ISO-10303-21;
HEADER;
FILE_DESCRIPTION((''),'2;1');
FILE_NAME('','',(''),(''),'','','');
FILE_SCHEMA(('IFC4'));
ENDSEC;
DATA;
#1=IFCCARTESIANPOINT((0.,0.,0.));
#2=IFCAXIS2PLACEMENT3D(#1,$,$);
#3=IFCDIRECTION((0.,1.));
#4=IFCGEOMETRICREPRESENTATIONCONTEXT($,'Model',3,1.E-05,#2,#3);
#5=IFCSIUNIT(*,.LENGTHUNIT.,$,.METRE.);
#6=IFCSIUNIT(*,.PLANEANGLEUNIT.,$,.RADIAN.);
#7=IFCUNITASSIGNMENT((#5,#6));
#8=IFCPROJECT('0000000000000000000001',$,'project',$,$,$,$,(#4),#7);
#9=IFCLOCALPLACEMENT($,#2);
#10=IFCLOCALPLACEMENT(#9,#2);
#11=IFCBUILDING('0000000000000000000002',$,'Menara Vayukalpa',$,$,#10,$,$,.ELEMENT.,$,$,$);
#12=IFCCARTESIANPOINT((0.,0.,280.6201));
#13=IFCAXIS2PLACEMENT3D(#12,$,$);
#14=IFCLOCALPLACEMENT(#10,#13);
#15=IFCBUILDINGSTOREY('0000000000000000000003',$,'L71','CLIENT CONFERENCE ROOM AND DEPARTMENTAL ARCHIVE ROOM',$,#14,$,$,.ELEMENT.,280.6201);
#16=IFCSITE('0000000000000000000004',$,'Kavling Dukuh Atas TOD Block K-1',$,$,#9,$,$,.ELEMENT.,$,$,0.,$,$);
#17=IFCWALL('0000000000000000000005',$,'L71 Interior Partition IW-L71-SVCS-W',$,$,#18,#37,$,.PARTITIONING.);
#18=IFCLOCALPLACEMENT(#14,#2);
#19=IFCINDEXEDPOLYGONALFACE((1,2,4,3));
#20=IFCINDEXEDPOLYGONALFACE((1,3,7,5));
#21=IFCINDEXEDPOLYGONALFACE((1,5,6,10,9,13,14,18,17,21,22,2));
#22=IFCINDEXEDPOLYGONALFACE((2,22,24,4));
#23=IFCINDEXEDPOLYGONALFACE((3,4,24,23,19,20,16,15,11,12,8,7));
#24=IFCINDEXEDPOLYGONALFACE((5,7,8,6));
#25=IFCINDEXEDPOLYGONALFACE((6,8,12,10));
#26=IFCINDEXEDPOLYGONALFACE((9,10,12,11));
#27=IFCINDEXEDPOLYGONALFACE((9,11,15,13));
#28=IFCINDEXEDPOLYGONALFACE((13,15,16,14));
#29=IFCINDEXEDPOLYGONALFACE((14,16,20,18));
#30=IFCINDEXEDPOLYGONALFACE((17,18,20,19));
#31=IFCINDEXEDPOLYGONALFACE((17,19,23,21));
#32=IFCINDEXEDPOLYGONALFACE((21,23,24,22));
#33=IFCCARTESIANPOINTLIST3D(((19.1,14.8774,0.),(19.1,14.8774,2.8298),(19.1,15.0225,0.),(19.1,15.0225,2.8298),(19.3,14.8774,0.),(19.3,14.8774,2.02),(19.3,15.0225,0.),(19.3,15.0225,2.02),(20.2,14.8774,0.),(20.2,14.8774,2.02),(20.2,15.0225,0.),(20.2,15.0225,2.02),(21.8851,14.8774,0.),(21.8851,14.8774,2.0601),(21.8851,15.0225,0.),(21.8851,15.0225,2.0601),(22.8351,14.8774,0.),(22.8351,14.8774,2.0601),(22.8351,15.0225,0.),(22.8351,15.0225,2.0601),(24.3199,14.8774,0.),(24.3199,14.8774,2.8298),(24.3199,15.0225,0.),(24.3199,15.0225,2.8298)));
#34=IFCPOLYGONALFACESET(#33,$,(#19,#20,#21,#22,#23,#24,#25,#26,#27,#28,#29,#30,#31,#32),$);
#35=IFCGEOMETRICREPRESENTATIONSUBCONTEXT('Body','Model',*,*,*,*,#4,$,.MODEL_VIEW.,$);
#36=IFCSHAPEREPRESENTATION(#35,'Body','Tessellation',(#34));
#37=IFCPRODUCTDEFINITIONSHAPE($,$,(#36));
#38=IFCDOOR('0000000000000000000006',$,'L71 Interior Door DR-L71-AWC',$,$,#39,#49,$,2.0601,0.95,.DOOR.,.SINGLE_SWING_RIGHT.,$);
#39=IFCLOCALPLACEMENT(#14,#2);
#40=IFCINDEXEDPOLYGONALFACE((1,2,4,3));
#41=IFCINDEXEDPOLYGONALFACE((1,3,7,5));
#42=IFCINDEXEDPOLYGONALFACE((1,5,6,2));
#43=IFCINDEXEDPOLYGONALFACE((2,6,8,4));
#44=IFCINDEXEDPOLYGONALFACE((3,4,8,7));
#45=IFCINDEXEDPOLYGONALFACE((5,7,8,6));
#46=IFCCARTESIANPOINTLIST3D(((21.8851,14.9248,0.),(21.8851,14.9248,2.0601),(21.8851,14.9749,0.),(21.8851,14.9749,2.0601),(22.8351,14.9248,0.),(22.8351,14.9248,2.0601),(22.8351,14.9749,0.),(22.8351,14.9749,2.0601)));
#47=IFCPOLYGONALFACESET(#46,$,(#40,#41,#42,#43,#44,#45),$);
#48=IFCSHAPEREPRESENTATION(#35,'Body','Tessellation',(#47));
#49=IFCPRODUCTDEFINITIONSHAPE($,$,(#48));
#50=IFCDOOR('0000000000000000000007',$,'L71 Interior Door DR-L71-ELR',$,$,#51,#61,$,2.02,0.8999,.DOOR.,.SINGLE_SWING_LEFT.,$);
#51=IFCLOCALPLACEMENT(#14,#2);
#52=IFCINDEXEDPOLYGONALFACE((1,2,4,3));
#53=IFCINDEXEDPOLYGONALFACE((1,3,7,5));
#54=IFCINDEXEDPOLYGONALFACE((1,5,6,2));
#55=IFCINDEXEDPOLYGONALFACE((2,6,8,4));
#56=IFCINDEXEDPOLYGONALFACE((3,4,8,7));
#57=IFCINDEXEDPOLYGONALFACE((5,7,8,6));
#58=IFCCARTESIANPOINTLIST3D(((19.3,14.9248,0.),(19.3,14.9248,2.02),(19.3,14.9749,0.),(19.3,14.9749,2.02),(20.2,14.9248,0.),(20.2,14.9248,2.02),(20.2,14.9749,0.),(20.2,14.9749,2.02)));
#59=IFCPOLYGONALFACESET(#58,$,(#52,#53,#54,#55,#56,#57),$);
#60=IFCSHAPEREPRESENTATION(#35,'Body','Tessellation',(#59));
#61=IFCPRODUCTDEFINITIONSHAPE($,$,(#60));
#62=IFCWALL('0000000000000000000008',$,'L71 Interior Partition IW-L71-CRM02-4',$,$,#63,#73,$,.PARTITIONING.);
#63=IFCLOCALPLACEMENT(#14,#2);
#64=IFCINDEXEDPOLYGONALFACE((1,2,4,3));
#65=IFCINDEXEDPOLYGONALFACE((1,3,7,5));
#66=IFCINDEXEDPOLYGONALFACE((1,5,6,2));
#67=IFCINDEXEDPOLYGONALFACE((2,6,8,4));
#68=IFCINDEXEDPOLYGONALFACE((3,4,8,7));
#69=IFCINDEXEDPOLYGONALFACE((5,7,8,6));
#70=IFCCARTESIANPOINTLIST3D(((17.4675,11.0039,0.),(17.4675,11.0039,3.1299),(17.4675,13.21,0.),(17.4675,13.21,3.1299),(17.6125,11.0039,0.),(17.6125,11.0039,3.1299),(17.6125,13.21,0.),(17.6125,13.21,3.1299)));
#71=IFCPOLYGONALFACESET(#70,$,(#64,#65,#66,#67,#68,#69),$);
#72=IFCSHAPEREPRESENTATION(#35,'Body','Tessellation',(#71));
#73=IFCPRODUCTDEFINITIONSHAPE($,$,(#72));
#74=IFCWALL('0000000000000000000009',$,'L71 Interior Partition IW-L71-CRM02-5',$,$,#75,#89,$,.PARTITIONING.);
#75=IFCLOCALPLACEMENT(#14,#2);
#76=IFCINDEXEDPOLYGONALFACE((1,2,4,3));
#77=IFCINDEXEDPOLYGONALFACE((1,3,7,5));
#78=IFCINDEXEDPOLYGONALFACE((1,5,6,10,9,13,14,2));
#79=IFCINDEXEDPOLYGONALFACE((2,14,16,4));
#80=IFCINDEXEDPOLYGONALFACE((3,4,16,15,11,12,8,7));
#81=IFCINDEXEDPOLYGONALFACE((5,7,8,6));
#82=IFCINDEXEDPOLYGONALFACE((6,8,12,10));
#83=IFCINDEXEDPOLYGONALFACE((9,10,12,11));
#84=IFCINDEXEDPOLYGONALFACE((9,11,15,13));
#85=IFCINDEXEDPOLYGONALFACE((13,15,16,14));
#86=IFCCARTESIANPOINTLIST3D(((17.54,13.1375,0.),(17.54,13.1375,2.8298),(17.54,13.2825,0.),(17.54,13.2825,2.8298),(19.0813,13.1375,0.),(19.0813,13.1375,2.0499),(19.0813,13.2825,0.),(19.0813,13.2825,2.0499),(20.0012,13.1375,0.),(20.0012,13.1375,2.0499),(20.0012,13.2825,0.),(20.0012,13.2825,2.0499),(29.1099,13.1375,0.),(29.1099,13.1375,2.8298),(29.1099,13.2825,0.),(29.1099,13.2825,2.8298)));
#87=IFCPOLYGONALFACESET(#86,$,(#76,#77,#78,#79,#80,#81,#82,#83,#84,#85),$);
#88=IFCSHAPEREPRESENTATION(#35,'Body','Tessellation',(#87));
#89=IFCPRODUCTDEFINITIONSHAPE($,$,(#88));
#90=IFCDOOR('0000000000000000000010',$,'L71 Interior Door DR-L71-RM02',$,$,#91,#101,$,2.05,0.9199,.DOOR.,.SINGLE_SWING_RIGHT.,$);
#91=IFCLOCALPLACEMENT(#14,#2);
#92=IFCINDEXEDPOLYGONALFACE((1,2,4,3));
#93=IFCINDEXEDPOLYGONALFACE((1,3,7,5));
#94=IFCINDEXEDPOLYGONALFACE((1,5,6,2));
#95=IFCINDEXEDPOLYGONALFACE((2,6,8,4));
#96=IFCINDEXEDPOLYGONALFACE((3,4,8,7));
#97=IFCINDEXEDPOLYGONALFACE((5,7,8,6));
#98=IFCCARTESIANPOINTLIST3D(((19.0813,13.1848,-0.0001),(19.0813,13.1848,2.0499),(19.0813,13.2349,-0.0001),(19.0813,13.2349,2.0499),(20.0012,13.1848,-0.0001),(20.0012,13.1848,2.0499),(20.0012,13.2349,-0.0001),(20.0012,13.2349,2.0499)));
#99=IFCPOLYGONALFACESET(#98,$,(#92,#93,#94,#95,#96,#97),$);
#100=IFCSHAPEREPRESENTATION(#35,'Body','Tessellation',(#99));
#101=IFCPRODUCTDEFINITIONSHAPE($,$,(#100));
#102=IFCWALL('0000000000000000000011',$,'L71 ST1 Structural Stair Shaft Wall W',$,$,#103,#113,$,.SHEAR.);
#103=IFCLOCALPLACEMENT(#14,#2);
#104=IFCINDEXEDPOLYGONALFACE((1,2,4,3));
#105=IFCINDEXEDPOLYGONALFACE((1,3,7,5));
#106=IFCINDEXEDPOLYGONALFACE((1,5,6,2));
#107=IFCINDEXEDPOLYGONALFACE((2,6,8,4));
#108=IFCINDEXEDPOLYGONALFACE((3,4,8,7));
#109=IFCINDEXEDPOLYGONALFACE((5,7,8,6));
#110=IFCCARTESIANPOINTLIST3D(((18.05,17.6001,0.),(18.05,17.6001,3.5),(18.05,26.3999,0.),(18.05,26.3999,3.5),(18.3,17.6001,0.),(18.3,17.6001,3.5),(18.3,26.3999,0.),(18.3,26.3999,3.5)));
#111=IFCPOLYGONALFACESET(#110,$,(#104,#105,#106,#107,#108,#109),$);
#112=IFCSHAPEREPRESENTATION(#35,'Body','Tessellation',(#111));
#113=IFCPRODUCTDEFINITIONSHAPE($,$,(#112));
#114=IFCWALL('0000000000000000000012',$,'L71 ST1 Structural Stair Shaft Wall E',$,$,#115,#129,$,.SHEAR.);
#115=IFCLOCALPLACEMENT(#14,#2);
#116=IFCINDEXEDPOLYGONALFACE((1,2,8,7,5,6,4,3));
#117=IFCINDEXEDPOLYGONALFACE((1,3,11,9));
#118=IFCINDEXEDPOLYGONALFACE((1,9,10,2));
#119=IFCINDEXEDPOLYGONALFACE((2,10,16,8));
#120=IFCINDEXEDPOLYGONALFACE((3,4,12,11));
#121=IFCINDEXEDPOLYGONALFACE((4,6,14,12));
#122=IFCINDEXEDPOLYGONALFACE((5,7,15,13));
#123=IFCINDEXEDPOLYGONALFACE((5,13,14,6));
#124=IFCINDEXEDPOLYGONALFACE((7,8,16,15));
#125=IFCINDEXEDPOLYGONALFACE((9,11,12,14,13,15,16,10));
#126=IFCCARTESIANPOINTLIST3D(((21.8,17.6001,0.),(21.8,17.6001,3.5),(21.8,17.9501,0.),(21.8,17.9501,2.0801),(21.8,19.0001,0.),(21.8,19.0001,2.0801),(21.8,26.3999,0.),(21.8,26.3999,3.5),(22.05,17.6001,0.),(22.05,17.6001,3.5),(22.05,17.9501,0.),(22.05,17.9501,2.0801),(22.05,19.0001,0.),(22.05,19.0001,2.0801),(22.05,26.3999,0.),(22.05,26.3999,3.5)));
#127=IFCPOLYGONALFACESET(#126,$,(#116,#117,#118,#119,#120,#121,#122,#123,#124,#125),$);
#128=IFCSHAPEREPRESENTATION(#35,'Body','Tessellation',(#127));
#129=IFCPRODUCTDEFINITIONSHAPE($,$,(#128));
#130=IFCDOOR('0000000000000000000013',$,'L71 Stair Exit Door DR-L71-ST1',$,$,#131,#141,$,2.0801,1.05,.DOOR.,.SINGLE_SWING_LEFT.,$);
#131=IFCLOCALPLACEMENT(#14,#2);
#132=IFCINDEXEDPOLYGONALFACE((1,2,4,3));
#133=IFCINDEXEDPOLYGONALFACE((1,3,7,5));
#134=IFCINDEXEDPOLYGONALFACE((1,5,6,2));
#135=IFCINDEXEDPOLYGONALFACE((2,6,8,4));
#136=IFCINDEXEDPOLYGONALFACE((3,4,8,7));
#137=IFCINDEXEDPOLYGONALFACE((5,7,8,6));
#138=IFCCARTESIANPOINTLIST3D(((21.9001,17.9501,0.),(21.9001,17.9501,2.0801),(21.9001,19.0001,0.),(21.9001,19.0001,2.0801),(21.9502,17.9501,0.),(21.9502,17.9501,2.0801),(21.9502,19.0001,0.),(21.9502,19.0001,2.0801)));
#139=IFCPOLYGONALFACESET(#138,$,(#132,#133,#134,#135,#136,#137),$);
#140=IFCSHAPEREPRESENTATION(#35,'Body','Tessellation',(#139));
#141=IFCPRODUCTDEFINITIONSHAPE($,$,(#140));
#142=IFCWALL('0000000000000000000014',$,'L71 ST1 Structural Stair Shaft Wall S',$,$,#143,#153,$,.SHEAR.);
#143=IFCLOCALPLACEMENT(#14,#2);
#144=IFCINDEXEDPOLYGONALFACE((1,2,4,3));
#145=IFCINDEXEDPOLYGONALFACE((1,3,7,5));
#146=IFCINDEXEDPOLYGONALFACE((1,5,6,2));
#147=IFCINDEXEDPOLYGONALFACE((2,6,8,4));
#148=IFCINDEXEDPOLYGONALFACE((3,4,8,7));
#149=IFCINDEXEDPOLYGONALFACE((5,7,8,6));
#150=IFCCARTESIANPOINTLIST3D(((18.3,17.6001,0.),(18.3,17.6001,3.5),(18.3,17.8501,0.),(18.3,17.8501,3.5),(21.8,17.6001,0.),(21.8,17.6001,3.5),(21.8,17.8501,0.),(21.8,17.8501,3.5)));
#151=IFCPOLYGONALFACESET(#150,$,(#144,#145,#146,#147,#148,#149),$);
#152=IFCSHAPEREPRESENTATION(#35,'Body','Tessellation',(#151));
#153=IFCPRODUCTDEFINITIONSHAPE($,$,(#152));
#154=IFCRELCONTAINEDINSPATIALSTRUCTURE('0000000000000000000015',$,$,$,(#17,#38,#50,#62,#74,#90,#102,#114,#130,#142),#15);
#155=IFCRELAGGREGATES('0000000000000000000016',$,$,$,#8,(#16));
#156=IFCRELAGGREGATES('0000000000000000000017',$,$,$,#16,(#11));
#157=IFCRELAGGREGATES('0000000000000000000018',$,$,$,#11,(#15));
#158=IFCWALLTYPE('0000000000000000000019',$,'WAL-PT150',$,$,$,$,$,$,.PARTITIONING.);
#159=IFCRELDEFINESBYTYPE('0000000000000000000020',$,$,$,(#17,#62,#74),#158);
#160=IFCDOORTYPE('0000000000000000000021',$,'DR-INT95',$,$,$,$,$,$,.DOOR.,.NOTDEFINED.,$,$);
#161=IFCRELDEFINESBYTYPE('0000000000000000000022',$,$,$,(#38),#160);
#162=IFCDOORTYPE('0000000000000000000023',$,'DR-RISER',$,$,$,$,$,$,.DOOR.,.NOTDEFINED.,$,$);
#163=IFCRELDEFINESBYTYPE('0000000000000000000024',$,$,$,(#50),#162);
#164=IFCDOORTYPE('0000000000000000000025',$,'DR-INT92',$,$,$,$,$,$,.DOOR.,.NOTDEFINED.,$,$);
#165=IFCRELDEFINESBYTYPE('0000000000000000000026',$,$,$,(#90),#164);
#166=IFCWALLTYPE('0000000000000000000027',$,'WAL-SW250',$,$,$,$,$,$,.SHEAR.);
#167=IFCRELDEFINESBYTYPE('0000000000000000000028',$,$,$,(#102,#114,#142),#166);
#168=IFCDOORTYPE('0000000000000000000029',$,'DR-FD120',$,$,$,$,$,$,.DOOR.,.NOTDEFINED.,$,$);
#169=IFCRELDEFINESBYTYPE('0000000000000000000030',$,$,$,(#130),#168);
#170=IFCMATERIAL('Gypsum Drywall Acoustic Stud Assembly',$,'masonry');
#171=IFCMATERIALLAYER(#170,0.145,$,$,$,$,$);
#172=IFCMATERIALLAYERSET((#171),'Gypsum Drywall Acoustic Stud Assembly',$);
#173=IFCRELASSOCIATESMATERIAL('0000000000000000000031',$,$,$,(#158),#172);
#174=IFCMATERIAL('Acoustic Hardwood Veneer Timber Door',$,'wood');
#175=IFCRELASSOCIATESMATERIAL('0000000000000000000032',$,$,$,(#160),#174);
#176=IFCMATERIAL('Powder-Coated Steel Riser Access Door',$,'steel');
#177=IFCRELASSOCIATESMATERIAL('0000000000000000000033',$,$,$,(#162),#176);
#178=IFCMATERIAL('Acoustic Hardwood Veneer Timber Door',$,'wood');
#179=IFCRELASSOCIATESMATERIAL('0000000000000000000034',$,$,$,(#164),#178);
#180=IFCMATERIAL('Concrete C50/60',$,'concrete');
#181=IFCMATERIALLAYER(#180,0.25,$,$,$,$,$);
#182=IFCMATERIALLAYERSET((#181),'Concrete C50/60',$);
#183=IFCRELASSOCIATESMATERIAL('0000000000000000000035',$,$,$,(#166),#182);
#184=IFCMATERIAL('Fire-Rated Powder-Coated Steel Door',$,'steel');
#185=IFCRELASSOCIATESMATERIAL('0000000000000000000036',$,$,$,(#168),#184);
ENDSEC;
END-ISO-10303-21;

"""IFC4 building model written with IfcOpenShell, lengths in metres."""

from ifc_helpers import new_model, si_unit, direction, frame, frame_2d, origin, place, context, subcontext, project, spatial, rectangle, extrude, material, layer, layer_set, type_object, element, fill, save


model = new_model("IFC4")

# Units and contexts
model_context = context("Model", 3, precision=1e-05, world=origin(), true_north=direction((0.0, 1.0)))
body_context = subcontext(model_context, "Body", "Model", "MODEL_VIEW")
ifc_project = project(units=[si_unit("LENGTHUNIT", "METRE"), si_unit("PLANEANGLEUNIT", "RADIAN")], contexts=[model_context])

# Site, building, storey
site_placement = place(None, origin())
site = spatial("IfcSite", under=ifc_project, at=site_placement, Name="Kavling Dukuh Atas TOD Block K-1", CompositionType="ELEMENT", RefElevation=0.0)
building_placement = place(site_placement, origin())
building = spatial("IfcBuilding", under=site, at=building_placement, Name="Menara Vayukalpa", CompositionType="ELEMENT")
storey_placement = place(building_placement, frame((0.0, 0.0, 280.6201)))
storey = spatial("IfcBuildingStorey", under=building, at=storey_placement, Name="L71", Description="CLIENT CONFERENCE ROOM AND DEPARTMENTAL ARCHIVE ROOM", CompositionType="ELEMENT", Elevation=280.6201)

# Wall, openings, doors
ifc_material_1 = material(Name="Gypsum Drywall Acoustic Stud Assembly", Category="masonry")
ifc_layer_1 = layer(ifc_material_1, 0.145)
ifc_layer_set_1 = layer_set([ifc_layer_1], Name="Gypsum Drywall Acoustic Stud Assembly")
wall_type_1 = type_object("IfcWallType", Name="WAL-PT150", PredefinedType="PARTITIONING", material=ifc_layer_set_1)
wall_1_placement = place(storey_placement, frame((19.1001, 14.95, 0.0), z_axis=(0.0, 0.0, 1.0), x_axis=(1.0, 0.0, 0.0)))
wall_1 = element("IfcWall", 1, at=wall_1_placement, inside=storey, type_object=wall_type_1, Name="L71 Interior Partition IW-L71-SVCS-W", PredefinedType="PARTITIONING", context=body_context, shape_type="SweptSolid", body=[
    extrude(rectangle(XDim=5.22, YDim=0.145, at=frame_2d((2.6099, 0.0))), origin(), (0.0, 0.0, 1.0), 2.8298),
])
opening_1_placement = place(wall_1_placement, frame((0.2, 0.0, 0.0)))
opening_1 = element("IfcOpeningElement", 2, at=opening_1_placement, cuts=wall_1, PredefinedType="OPENING", context=body_context, shape_type="SweptSolid", body=[
    extrude(rectangle(XDim=0.8999, YDim=2.02, at=frame_2d((0.45, 1.01))), frame((0.0, 0.0825, 0.0), z_axis=(0.0, -1.0, 0.0), x_axis=(1.0, 0.0, 0.0)), (0.0, 0.0, 1.0), 0.165),
])
opening_2_placement = place(wall_1_placement, frame((2.7849, 0.0, 0.0)))
opening_2 = element("IfcOpeningElement", 3, at=opening_2_placement, cuts=wall_1, PredefinedType="OPENING", context=body_context, shape_type="SweptSolid", body=[
    extrude(rectangle(XDim=0.95, YDim=2.0601, at=frame_2d((0.4751, 1.03))), frame((0.0, 0.0825, 0.0), z_axis=(0.0, -1.0, 0.0), x_axis=(1.0, 0.0, 0.0)), (0.0, 0.0, 1.0), 0.165),
])
ifc_material_2 = material(Name="Acoustic Hardwood Veneer Timber Door", Category="wood")
door_type_1 = type_object("IfcDoorType", Name="DR-INT95", OperationType="NOTDEFINED", PredefinedType="DOOR", material=ifc_material_2)
door_1_placement = place(opening_2_placement, origin())
door_1 = element("IfcDoor", 4, at=door_1_placement, inside=storey, type_object=door_type_1, Name="L71 Interior Door DR-L71-AWC", OperationType="SINGLE_SWING_RIGHT", OverallHeight=2.0601, OverallWidth=0.95, PredefinedType="DOOR", context=body_context, shape_type="SweptSolid", body=[
    extrude(rectangle(XDim=0.95, YDim=2.0601, at=frame_2d((0.4751, 1.03))), frame((0.0, 0.0249, 0.0), z_axis=(0.0, -1.0, 0.0), x_axis=(1.0, 0.0, 0.0)), (0.0, 0.0, 1.0), 0.05),
])
fill(opening_2, door_1)
ifc_material_3 = material(Name="Powder-Coated Steel Riser Access Door", Category="steel")
door_type_2 = type_object("IfcDoorType", Name="DR-RISER", OperationType="NOTDEFINED", PredefinedType="DOOR", material=ifc_material_3)
door_2_placement = place(opening_1_placement, origin())
door_2 = element("IfcDoor", 5, at=door_2_placement, inside=storey, type_object=door_type_2, Name="L71 Interior Door DR-L71-ELR", OperationType="SINGLE_SWING_LEFT", OverallHeight=2.02, OverallWidth=0.8999, PredefinedType="DOOR", context=body_context, shape_type="SweptSolid", body=[
    extrude(rectangle(XDim=0.8999, YDim=2.02, at=frame_2d((0.45, 1.01))), frame((0.0, 0.0249, 0.0), z_axis=(0.0, -1.0, 0.0), x_axis=(1.0, 0.0, 0.0)), (0.0, 0.0, 1.0), 0.05),
])
fill(opening_1, door_2)

# Wall
wall_2_placement = place(storey_placement, frame((17.54, 11.0039, 0.0), z_axis=(0.0, 0.0, 1.0), x_axis=(0.0, 1.0, 0.0)))
element("IfcWall", 6, at=wall_2_placement, inside=storey, type_object=wall_type_1, Name="L71 Interior Partition IW-L71-CRM02-4", PredefinedType="PARTITIONING", context=body_context, shape_type="SweptSolid", body=[
    extrude(rectangle(XDim=2.2061, YDim=0.145, at=frame_2d((1.103, 0.0))), origin(), (0.0, 0.0, 1.0), 3.1299),
])

# Wall, opening, door
wall_3_placement = place(storey_placement, frame((17.54, 13.21, 0.0), z_axis=(0.0, 0.0, 1.0), x_axis=(1.0, 0.0, 0.0)))
wall_3 = element("IfcWall", 7, at=wall_3_placement, inside=storey, type_object=wall_type_1, Name="L71 Interior Partition IW-L71-CRM02-5", PredefinedType="PARTITIONING", context=body_context, shape_type="SweptSolid", body=[
    extrude(rectangle(XDim=11.5698, YDim=0.145, at=frame_2d((5.7849, 0.0))), origin(), (0.0, 0.0, 1.0), 2.8298),
])
opening_3_placement = place(wall_3_placement, frame((1.5413, 0.0, 0.0)))
opening_3 = element("IfcOpeningElement", 8, at=opening_3_placement, cuts=wall_3, PredefinedType="OPENING", context=body_context, shape_type="SweptSolid", body=[
    extrude(rectangle(XDim=0.9199, YDim=2.05, at=frame_2d((0.46, 1.0249))), frame((0.0, 0.0825, 0.0), z_axis=(0.0, -1.0, 0.0), x_axis=(1.0, 0.0, 0.0)), (0.0, 0.0, 1.0), 0.165),
])
ifc_material_4 = material(Name="Acoustic Hardwood Veneer Timber Door", Category="wood")
door_type_3 = type_object("IfcDoorType", Name="DR-INT92", OperationType="NOTDEFINED", PredefinedType="DOOR", material=ifc_material_4)
door_3_placement = place(opening_3_placement, origin())
door_3 = element("IfcDoor", 9, at=door_3_placement, inside=storey, type_object=door_type_3, Name="L71 Interior Door DR-L71-RM02", OperationType="SINGLE_SWING_RIGHT", OverallHeight=2.05, OverallWidth=0.9199, PredefinedType="DOOR", context=body_context, shape_type="SweptSolid", body=[
    extrude(rectangle(XDim=0.9199, YDim=2.05, at=frame_2d((0.46, 1.0249))), frame((0.0, 0.0249, 0.0), z_axis=(0.0, -1.0, 0.0), x_axis=(1.0, 0.0, 0.0)), (0.0, 0.0, 1.0), 0.05),
])
fill(opening_3, door_3)

# Wall
ifc_material_5 = material(Name="Concrete C50/60", Category="concrete")
ifc_layer_2 = layer(ifc_material_5, 0.25)
ifc_layer_set_2 = layer_set([ifc_layer_2], Name="Concrete C50/60")
wall_type_2 = type_object("IfcWallType", Name="WAL-SW250", PredefinedType="SHEAR", material=ifc_layer_set_2)
wall_4_placement = place(storey_placement, frame((18.175, 17.6001, 0.0), z_axis=(0.0, 0.0, 1.0), x_axis=(0.0, 1.0, 0.0)))
element("IfcWall", 10, at=wall_4_placement, inside=storey, type_object=wall_type_2, Name="L71 ST1 Structural Stair Shaft Wall W", PredefinedType="SHEAR", context=body_context, shape_type="SweptSolid", body=[
    extrude(rectangle(XDim=8.7998, YDim=0.25, at=frame_2d((4.3999, 0.0))), origin(), (0.0, 0.0, 1.0), 3.5),
])

# Wall, opening, door
wall_5_placement = place(storey_placement, frame((21.925, 17.6001, 0.0), z_axis=(0.0, 0.0, 1.0), x_axis=(0.0, 1.0, 0.0)))
wall_5 = element("IfcWall", 11, at=wall_5_placement, inside=storey, type_object=wall_type_2, Name="L71 ST1 Structural Stair Shaft Wall E", PredefinedType="SHEAR", context=body_context, shape_type="SweptSolid", body=[
    extrude(rectangle(XDim=8.7998, YDim=0.25, at=frame_2d((4.3999, 0.0))), origin(), (0.0, 0.0, 1.0), 3.5),
])
opening_4_placement = place(wall_5_placement, frame((0.3501, 0.0, 0.0)))
opening_4 = element("IfcOpeningElement", 12, at=opening_4_placement, cuts=wall_5, PredefinedType="OPENING", context=body_context, shape_type="SweptSolid", body=[
    extrude(rectangle(XDim=1.05, YDim=2.0801, at=frame_2d((0.5249, 1.04))), frame((0.0, 0.135, 0.0), z_axis=(0.0, -1.0, 0.0), x_axis=(1.0, 0.0, 0.0)), (0.0, 0.0, 1.0), 0.27),
])
ifc_material_6 = material(Name="Fire-Rated Powder-Coated Steel Door", Category="steel")
door_type_4 = type_object("IfcDoorType", Name="DR-FD120", OperationType="NOTDEFINED", PredefinedType="DOOR", material=ifc_material_6)
door_4_placement = place(opening_4_placement, origin())
door_4 = element("IfcDoor", 13, at=door_4_placement, inside=storey, type_object=door_type_4, Name="L71 Stair Exit Door DR-L71-ST1", OperationType="SINGLE_SWING_LEFT", OverallHeight=2.0801, OverallWidth=1.05, PredefinedType="DOOR", context=body_context, shape_type="SweptSolid", body=[
    extrude(rectangle(XDim=1.05, YDim=2.0801, at=frame_2d((0.5249, 1.04))), frame((0.0, 0.0249, 0.0), z_axis=(0.0, -1.0, 0.0), x_axis=(1.0, 0.0, 0.0)), (0.0, 0.0, 1.0), 0.05),
])
fill(opening_4, door_4)

# Wall
wall_6_placement = place(storey_placement, frame((18.3, 17.7251, 0.0), z_axis=(0.0, 0.0, 1.0), x_axis=(1.0, 0.0, 0.0)))
element("IfcWall", 14, at=wall_6_placement, inside=storey, type_object=wall_type_2, Name="L71 ST1 Structural Stair Shaft Wall S", PredefinedType="SHEAR", context=body_context, shape_type="SweptSolid", body=[
    extrude(rectangle(XDim=3.5, YDim=0.25, at=frame_2d((1.75, 0.0))), origin(), (0.0, 0.0, 1.0), 3.5),
])

save(model, "model.ifc")
